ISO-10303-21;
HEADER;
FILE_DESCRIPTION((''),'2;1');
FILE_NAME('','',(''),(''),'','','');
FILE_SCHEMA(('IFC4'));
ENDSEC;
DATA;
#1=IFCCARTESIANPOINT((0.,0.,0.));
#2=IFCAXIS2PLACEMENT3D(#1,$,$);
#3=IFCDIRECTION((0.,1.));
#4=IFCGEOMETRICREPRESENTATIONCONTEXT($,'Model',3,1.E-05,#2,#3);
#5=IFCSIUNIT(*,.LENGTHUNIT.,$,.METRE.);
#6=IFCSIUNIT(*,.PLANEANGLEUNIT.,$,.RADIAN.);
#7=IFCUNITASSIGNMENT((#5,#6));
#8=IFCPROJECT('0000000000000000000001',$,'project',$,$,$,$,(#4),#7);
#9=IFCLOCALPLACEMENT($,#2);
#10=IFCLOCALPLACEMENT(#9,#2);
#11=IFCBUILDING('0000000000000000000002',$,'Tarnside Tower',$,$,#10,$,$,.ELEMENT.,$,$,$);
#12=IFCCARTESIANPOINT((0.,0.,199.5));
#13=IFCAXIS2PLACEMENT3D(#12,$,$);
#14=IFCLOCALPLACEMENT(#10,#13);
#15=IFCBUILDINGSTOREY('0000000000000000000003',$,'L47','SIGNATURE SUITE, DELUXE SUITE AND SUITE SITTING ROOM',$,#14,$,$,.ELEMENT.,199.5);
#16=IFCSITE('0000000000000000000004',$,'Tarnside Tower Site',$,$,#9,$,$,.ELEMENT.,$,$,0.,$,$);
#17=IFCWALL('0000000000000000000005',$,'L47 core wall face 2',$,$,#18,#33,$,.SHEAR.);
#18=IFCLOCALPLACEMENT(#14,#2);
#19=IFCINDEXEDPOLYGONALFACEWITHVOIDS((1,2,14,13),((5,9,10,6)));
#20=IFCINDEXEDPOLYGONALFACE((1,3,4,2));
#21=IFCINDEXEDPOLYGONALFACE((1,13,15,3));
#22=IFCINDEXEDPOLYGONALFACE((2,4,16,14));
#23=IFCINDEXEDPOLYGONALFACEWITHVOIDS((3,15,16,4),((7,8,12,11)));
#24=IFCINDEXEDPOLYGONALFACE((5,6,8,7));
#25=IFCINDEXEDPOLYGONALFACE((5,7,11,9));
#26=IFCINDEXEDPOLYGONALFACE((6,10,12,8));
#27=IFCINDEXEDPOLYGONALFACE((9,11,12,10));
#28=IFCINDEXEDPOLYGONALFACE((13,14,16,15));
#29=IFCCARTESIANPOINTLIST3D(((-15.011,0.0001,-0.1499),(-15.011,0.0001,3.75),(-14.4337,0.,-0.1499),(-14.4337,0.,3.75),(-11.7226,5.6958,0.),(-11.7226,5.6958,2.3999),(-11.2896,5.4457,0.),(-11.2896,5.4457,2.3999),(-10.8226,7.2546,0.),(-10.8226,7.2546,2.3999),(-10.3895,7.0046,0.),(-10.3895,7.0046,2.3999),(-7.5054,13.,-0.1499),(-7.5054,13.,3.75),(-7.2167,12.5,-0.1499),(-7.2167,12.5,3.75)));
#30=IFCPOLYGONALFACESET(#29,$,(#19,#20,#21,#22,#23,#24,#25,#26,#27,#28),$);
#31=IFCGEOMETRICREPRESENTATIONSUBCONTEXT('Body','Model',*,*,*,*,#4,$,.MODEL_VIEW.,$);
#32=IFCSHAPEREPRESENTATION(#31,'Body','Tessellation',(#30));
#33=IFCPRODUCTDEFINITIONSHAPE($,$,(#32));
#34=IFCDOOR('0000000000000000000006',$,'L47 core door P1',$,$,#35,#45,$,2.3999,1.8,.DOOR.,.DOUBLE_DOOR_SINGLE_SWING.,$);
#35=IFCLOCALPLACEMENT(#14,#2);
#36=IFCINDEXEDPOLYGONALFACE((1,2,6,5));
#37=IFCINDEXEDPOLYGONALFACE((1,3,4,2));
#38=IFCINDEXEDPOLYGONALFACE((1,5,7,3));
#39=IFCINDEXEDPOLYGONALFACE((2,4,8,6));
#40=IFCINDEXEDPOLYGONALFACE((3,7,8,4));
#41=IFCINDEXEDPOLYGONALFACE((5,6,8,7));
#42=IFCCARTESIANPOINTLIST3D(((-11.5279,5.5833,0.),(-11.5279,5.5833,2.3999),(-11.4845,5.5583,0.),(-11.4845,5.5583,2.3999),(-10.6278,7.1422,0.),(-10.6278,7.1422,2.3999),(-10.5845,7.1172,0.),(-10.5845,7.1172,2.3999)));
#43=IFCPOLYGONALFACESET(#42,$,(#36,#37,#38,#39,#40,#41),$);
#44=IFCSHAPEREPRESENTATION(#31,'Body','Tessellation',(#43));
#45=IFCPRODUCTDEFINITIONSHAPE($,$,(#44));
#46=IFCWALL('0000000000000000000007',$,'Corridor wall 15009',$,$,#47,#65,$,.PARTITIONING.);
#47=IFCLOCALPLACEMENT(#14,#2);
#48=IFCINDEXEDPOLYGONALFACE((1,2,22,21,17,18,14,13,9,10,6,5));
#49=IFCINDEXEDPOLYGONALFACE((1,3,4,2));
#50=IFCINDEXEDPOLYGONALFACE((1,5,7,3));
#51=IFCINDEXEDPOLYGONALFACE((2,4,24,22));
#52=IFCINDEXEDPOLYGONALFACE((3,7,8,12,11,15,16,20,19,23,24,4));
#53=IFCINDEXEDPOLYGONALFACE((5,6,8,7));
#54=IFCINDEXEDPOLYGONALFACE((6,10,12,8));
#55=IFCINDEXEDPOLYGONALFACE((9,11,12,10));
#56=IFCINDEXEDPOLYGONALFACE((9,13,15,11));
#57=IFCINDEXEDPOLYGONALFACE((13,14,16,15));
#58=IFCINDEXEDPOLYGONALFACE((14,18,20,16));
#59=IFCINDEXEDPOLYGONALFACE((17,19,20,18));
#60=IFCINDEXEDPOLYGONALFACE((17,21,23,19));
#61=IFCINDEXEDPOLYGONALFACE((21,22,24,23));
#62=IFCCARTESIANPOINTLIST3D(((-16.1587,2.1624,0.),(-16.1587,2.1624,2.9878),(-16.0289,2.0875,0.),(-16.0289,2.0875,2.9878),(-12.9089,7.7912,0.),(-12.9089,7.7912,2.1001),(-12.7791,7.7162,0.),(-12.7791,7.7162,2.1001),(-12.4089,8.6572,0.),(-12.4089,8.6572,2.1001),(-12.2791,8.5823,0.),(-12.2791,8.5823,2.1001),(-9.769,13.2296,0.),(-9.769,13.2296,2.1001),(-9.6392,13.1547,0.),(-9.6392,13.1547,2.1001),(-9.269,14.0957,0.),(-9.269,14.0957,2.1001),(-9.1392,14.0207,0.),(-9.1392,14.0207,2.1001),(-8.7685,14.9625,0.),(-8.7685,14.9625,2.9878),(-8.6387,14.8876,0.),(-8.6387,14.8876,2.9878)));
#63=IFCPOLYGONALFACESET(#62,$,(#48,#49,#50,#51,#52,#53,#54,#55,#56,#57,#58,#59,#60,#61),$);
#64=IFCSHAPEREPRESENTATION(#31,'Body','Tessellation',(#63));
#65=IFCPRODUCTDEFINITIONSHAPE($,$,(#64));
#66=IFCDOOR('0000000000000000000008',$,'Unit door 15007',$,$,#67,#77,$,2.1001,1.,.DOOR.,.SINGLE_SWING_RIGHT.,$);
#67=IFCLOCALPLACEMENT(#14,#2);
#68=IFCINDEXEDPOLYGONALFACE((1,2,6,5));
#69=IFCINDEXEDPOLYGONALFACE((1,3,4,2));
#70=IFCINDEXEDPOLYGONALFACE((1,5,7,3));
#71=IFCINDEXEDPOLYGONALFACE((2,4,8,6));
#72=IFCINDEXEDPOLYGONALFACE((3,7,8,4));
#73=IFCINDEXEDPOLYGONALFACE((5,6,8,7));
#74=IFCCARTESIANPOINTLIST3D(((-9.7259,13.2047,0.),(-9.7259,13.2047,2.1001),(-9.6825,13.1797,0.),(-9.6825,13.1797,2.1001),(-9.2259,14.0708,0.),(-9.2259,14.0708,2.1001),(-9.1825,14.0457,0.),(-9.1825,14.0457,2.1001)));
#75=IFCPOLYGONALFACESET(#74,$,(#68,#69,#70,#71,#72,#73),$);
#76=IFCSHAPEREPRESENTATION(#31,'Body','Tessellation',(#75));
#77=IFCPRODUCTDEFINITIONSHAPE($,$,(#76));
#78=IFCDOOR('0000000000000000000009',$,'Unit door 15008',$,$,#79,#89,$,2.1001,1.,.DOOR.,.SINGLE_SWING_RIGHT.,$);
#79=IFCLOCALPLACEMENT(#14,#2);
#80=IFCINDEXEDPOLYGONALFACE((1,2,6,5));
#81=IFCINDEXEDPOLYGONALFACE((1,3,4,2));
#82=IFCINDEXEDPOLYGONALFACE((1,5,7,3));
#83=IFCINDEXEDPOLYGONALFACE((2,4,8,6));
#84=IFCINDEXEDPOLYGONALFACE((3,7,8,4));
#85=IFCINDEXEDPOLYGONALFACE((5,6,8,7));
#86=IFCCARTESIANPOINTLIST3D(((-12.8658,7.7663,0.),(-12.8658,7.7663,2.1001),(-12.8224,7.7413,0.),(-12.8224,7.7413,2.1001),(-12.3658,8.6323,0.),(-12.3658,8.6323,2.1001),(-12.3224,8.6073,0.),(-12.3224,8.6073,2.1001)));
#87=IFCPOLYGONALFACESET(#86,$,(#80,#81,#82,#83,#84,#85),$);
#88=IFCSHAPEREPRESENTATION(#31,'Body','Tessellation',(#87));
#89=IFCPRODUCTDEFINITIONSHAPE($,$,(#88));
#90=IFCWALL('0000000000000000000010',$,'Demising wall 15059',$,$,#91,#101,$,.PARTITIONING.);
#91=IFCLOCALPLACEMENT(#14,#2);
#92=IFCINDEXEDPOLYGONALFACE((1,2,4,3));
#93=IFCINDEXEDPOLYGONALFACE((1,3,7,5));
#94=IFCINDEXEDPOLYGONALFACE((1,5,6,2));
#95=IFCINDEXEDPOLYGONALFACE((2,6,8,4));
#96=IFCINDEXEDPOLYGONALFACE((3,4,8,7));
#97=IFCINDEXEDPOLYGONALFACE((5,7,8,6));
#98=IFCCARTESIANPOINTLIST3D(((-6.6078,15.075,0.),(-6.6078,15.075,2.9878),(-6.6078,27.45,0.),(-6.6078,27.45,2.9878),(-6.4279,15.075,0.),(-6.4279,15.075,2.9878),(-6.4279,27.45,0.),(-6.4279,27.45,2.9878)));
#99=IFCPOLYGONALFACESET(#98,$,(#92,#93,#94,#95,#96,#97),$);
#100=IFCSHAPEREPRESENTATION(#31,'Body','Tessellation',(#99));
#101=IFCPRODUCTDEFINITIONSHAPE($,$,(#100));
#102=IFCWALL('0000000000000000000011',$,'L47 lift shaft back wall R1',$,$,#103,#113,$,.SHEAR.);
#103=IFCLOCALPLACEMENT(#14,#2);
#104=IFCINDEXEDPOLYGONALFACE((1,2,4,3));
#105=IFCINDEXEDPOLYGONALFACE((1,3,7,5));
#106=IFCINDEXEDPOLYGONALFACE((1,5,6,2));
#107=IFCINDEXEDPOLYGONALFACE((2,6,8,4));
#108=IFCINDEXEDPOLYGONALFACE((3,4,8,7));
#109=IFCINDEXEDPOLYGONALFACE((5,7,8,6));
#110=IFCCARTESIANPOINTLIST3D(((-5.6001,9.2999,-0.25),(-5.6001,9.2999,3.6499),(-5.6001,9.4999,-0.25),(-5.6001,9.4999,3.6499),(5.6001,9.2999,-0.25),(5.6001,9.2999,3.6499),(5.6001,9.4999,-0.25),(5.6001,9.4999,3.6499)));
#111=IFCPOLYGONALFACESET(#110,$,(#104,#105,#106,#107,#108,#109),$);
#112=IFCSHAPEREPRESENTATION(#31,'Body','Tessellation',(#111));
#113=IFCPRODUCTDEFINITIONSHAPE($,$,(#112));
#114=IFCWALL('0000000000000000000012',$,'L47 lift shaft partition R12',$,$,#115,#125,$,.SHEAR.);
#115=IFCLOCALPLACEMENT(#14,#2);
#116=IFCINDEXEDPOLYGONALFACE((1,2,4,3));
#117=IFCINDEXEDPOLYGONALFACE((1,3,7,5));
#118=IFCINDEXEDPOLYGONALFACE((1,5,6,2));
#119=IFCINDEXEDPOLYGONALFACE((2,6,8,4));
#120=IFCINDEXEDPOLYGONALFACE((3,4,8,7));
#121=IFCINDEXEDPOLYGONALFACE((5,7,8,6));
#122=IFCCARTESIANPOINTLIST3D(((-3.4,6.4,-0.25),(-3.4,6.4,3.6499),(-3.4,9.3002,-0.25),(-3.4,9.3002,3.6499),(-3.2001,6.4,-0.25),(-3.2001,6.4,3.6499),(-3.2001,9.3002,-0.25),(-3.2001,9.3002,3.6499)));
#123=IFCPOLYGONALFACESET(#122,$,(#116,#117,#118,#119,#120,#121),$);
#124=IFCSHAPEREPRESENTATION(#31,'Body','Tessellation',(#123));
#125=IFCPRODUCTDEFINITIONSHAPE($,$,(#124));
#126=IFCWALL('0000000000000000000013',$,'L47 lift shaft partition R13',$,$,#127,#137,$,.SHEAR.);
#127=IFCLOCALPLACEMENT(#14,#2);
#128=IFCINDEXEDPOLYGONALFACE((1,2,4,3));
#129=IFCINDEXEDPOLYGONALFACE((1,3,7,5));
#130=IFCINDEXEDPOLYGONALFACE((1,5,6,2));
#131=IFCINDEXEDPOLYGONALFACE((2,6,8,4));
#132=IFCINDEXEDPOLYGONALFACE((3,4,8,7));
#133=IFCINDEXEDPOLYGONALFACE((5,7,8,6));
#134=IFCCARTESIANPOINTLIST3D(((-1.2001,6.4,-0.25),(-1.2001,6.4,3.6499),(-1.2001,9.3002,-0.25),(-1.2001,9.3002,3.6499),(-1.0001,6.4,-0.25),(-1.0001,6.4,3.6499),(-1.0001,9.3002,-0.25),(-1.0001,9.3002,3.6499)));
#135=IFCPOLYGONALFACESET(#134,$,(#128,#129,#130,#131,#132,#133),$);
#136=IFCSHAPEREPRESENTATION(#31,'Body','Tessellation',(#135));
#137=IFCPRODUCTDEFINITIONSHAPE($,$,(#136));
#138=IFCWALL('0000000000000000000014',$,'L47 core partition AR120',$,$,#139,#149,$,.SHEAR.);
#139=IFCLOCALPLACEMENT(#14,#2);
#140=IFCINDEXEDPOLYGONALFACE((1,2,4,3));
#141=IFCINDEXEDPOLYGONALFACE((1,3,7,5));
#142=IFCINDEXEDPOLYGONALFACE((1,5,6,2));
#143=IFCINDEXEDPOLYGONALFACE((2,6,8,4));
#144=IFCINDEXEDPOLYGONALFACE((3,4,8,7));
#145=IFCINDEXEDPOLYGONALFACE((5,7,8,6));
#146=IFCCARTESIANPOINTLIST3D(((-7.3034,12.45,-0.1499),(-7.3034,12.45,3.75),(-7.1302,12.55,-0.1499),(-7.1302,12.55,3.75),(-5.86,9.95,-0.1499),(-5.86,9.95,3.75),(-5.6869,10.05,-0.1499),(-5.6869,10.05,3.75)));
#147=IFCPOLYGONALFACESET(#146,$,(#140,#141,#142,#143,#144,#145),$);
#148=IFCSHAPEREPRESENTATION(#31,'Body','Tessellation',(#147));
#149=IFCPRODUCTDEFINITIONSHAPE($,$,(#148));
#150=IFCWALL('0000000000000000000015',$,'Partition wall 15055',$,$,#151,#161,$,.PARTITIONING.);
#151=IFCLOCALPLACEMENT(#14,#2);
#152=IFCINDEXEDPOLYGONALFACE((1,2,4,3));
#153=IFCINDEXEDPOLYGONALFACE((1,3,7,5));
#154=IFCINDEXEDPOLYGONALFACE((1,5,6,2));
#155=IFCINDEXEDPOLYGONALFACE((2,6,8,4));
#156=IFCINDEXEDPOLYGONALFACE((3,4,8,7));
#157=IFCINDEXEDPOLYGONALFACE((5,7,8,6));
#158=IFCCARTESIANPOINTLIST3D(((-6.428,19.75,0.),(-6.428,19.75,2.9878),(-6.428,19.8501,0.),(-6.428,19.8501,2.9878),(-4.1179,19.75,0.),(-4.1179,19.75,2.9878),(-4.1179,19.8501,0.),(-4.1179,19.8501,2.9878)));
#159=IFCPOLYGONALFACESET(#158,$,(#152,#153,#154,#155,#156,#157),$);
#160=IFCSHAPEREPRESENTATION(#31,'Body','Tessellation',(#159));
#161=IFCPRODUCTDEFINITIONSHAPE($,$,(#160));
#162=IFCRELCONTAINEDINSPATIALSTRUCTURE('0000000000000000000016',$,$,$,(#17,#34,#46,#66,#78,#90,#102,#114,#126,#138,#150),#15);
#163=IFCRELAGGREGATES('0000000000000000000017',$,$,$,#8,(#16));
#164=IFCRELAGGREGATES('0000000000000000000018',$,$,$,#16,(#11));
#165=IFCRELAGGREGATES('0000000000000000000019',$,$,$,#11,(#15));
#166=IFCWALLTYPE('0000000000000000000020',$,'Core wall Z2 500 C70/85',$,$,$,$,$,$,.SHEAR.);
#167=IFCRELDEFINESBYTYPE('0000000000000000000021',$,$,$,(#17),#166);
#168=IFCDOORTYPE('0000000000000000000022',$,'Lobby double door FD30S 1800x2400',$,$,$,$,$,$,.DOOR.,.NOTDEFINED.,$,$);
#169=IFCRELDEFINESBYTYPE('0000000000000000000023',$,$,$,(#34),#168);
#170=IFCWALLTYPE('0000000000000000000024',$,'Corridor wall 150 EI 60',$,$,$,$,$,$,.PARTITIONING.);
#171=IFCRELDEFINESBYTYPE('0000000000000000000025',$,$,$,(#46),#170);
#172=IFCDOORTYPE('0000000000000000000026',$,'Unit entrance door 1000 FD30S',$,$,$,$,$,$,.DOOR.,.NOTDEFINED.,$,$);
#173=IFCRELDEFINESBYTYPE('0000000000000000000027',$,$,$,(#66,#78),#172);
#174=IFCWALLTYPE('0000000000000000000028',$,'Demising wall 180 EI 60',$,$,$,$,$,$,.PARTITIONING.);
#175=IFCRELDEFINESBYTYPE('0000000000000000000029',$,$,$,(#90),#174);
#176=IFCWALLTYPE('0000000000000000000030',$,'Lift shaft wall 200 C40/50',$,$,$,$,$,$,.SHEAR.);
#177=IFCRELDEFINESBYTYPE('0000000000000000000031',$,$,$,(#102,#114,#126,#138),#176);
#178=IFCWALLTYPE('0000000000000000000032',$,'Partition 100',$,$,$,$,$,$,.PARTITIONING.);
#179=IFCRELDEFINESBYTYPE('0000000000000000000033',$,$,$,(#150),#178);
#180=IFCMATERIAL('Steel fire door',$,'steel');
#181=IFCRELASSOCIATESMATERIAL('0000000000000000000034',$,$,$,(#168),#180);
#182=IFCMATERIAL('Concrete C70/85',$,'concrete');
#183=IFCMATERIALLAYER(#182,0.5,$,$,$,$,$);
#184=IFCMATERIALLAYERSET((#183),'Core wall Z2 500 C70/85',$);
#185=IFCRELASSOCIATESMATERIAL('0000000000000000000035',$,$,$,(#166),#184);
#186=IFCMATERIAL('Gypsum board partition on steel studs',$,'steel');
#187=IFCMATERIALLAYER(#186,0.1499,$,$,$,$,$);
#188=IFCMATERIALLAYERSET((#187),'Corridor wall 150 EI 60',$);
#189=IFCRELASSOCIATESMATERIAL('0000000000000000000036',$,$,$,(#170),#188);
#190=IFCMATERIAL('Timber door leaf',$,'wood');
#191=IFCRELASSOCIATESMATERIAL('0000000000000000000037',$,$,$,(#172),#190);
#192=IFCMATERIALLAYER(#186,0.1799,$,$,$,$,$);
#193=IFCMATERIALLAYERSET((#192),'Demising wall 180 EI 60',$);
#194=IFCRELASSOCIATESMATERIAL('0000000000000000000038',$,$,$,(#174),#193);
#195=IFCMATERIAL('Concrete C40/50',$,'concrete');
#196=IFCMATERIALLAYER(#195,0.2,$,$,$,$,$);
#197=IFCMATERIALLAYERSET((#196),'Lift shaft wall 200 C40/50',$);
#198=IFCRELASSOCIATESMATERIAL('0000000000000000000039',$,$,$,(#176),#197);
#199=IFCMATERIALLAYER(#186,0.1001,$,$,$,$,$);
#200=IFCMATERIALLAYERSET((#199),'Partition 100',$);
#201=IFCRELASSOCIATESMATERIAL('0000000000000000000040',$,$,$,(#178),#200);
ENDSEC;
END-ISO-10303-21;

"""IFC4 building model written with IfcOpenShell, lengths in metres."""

from ifc_helpers import new_model, si_unit, direction, frame, frame_2d, origin, place, context, subcontext, project, spatial, polyline, rectangle, outline, extrude, material, layer, layer_set, type_object, element, fill, save


model = new_model("IFC4")

# Units and contexts
model_context = context("Model", 3, precision=1e-05, world=origin(), true_north=direction((0.0, 1.0)))
body_context = subcontext(model_context, "Body", "Model", "MODEL_VIEW")
ifc_project = project(units=[si_unit("LENGTHUNIT", "METRE"), si_unit("PLANEANGLEUNIT", "RADIAN")], contexts=[model_context])

# Site, building, storey
site_placement = place(None, origin())
site = spatial("IfcSite", under=ifc_project, at=site_placement, Name="Tarnside Tower Site", CompositionType="ELEMENT", RefElevation=0.0)
building_placement = place(site_placement, origin())
building = spatial("IfcBuilding", under=site, at=building_placement, Name="Tarnside Tower", CompositionType="ELEMENT")
storey_placement = place(building_placement, frame((0.0, 0.0, 199.5)))
storey = spatial("IfcBuildingStorey", under=building, at=storey_placement, Name="L47", Description="SIGNATURE SUITE, DELUXE SUITE AND SUITE SITTING ROOM", CompositionType="ELEMENT", Elevation=199.5)

# Shared definitions
ifc_material_1 = material(Name="Gypsum board partition on steel studs", Category="steel")
ifc_material_2 = material(Name="Timber door leaf", Category="wood")

# Wall, opening, door
ifc_material_3 = material(Name="Steel fire door", Category="steel")
door_type_1 = type_object("IfcDoorType", Name="Lobby double door FD30S 1800x2400", OperationType="NOTDEFINED", PredefinedType="DOOR", material=ifc_material_3)
ifc_material_4 = material(Name="Concrete C70/85", Category="concrete")
ifc_layer_1 = layer(ifc_material_4, 0.5)
ifc_layer_set_1 = layer_set([ifc_layer_1], Name="Core wall Z2 500 C70/85")
wall_type_1 = type_object("IfcWallType", Name="Core wall Z2 500 C70/85", PredefinedType="SHEAR", material=ifc_layer_set_1)
wall_1_placement = place(storey_placement, frame((-7.3611, 12.75, -0.1499), z_axis=(0.0, 0.0, 1.0), x_axis=(-0.500006, -0.866022, 0.0)))
wall_1 = element("IfcWall", 1, at=wall_1_placement, inside=storey, type_object=wall_type_1, Name="L47 core wall face 2", PredefinedType="SHEAR", context=body_context, shape_type="SweptSolid", body=[
    extrude(outline(polyline([(-0.1443, -0.25), (14.8667, -0.25), (14.5781, 0.25), (0.1443, 0.25), (-0.1443, -0.25)])), origin(), (0.0, 0.0, 1.0), 3.8999),
])
opening_1_placement = place(wall_1_placement, frame((6.49, 0.0, 0.1499)))
opening_1 = element("IfcOpeningElement", 2, at=opening_1_placement, cuts=wall_1, PredefinedType="OPENING", context=body_context, shape_type="SweptSolid", body=[
    extrude(rectangle(XDim=1.8, YDim=2.3999, at=frame_2d((0.8999, 1.2))), frame((0.0, 0.26, 0.0), z_axis=(0.0, -1.0, 0.0), x_axis=(1.0, 0.0, 0.0)), (0.0, 0.0, 1.0), 0.52),
])
door_1_placement = place(opening_1_placement, origin())
door_1 = element("IfcDoor", 3, at=door_1_placement, inside=storey, type_object=door_type_1, Name="L47 core door P1", OperationType="DOUBLE_DOOR_SINGLE_SWING", OverallHeight=2.3999, OverallWidth=1.8, PredefinedType="DOOR", context=body_context, shape_type="SweptSolid", body=[
    extrude(rectangle(XDim=1.8, YDim=2.3999, at=frame_2d((0.8999, 1.2))), frame((0.0, 0.0249, 0.0), z_axis=(0.0, -1.0, 0.0), x_axis=(1.0, 0.0, 0.0)), (0.0, 0.0, 1.0), 0.05),
])
fill(opening_1, door_1)

# Wall, openings, doors
ifc_layer_2 = layer(ifc_material_1, 0.1499)
ifc_layer_set_2 = layer_set([ifc_layer_2], Name="Corridor wall 150 EI 60")
wall_type_2 = type_object("IfcWallType", Name="Corridor wall 150 EI 60", PredefinedType="PARTITIONING", material=ifc_layer_set_2)
wall_2_placement = place(storey_placement, frame((-8.7036, 14.925, 0.0), z_axis=(0.0, 0.0, 1.0), x_axis=(-0.500001, -0.866025, 0.0)))
wall_2 = element("IfcWall", 4, at=wall_2_placement, inside=storey, type_object=wall_type_2, Name="Corridor wall 15009", PredefinedType="PARTITIONING", context=body_context, shape_type="SweptSolid", body=[
    extrude(rectangle(XDim=14.7803, YDim=0.1499, at=frame_2d((7.3901, 0.0))), origin(), (0.0, 0.0, 1.0), 2.9878),
])
opening_2_placement = place(wall_2_placement, frame((1.001, 0.0, 0.0)))
opening_2 = element("IfcOpeningElement", 5, at=opening_2_placement, cuts=wall_2, PredefinedType="OPENING", context=body_context, shape_type="SweptSolid", body=[
    extrude(rectangle(XDim=1.0, YDim=2.1001, at=frame_2d((0.5, 1.05))), frame((0.0, 0.085, 0.0), z_axis=(0.0, -1.0, 0.0), x_axis=(1.0, 0.0, 0.0)), (0.0, 0.0, 1.0), 0.1699),
])
opening_3_placement = place(wall_2_placement, frame((7.2808, 0.0, 0.0)))
opening_3 = element("IfcOpeningElement", 6, at=opening_3_placement, cuts=wall_2, PredefinedType="OPENING", context=body_context, shape_type="SweptSolid", body=[
    extrude(rectangle(XDim=1.0, YDim=2.1001, at=frame_2d((0.5, 1.05))), frame((0.0, 0.085, 0.0), z_axis=(0.0, -1.0, 0.0), x_axis=(1.0, 0.0, 0.0)), (0.0, 0.0, 1.0), 0.1699),
])
door_type_2 = type_object("IfcDoorType", Name="Unit entrance door 1000 FD30S", OperationType="NOTDEFINED", PredefinedType="DOOR", material=ifc_material_2)
door_2_placement = place(opening_2_placement, origin())
door_2 = element("IfcDoor", 7, at=door_2_placement, inside=storey, type_object=door_type_2, Name="Unit door 15007", OperationType="SINGLE_SWING_RIGHT", OverallHeight=2.1001, OverallWidth=1.0, PredefinedType="DOOR", context=body_context, shape_type="SweptSolid", body=[
    extrude(rectangle(XDim=1.0, YDim=2.1001, at=frame_2d((0.5, 1.05))), frame((0.0, 0.0249, 0.0), z_axis=(0.0, -1.0, 0.0), x_axis=(1.0, 0.0, 0.0)), (0.0, 0.0, 1.0), 0.05),
])
fill(opening_2, door_2)
door_3_placement = place(opening_3_placement, origin())
door_3 = element("IfcDoor", 8, at=door_3_placement, inside=storey, type_object=door_type_2, Name="Unit door 15008", OperationType="SINGLE_SWING_RIGHT", OverallHeight=2.1001, OverallWidth=1.0, PredefinedType="DOOR", context=body_context, shape_type="SweptSolid", body=[
    extrude(rectangle(XDim=1.0, YDim=2.1001, at=frame_2d((0.5, 1.05))), frame((0.0, 0.0249, 0.0), z_axis=(0.0, -1.0, 0.0), x_axis=(1.0, 0.0, 0.0)), (0.0, 0.0, 1.0), 0.05),
])
fill(opening_3, door_3)

# Walls
ifc_layer_3 = layer(ifc_material_1, 0.1799)
ifc_layer_set_3 = layer_set([ifc_layer_3], Name="Demising wall 180 EI 60")
wall_type_3 = type_object("IfcWallType", Name="Demising wall 180 EI 60", PredefinedType="PARTITIONING", material=ifc_layer_set_3)
wall_3_placement = place(storey_placement, frame((-6.5178, 27.45, 0.0), z_axis=(0.0, 0.0, 1.0), x_axis=(0.0, -1.0, 0.0)))
element("IfcWall", 9, at=wall_3_placement, inside=storey, type_object=wall_type_3, Name="Demising wall 15059", PredefinedType="PARTITIONING", context=body_context, shape_type="SweptSolid", body=[
    extrude(rectangle(XDim=12.375, YDim=0.1799, at=frame_2d((6.1875, 0.0))), origin(), (0.0, 0.0, 1.0), 2.9878),
])
ifc_material_5 = material(Name="Concrete C40/50", Category="concrete")
ifc_layer_4 = layer(ifc_material_5, 0.2)
ifc_layer_set_4 = layer_set([ifc_layer_4], Name="Lift shaft wall 200 C40/50")
wall_type_4 = type_object("IfcWallType", Name="Lift shaft wall 200 C40/50", PredefinedType="SHEAR", material=ifc_layer_set_4)
wall_4_placement = place(storey_placement, frame((-5.6001, 9.3999, -0.25), z_axis=(0.0, 0.0, 1.0), x_axis=(1.0, 0.0, 0.0)))
element("IfcWall", 10, at=wall_4_placement, inside=storey, type_object=wall_type_4, Name="L47 lift shaft back wall R1", PredefinedType="SHEAR", context=body_context, shape_type="SweptSolid", body=[
    extrude(rectangle(XDim=11.2002, YDim=0.2, at=frame_2d((5.6001, 0.0))), origin(), (0.0, 0.0, 1.0), 3.8999),
])
for number, where, z_axis, x_axis, name in (
    (11, (-3.3, 6.3999, -0.25), (0.0, 0.0, 1.0), (0.0, 1.0, 0.0), "L47 lift shaft partition R12"),
    (12, (-1.1001, 6.3999, -0.25), (0.0, 0.0, 1.0), (0.0, 1.0, 0.0), "L47 lift shaft partition R13"),
):
    element("IfcWall", number, at=place(storey_placement, frame(where, z_axis=z_axis, x_axis=x_axis)), inside=storey, type_object=wall_type_4, Name=name, PredefinedType="SHEAR", context=body_context, shape_type="SweptSolid", body=[
        extrude(rectangle(XDim=2.9001, YDim=0.2, at=frame_2d((1.4502, 0.0))), origin(), (0.0, 0.0, 1.0), 3.8999),
    ])
wall_5_placement = place(storey_placement, frame((-5.7734, 10.0, -0.1499), z_axis=(0.0, 0.0, 1.0), x_axis=(-0.499996, 0.866028, 0.0)))
element("IfcWall", 13, at=wall_5_placement, inside=storey, type_object=wall_type_4, Name="L47 core partition AR120", PredefinedType="SHEAR", context=body_context, shape_type="SweptSolid", body=[
    extrude(rectangle(XDim=2.8867, YDim=0.2, at=frame_2d((1.4434, 0.0))), origin(), (0.0, 0.0, 1.0), 3.8999),
])
ifc_layer_5 = layer(ifc_material_1, 0.1001)
ifc_layer_set_5 = layer_set([ifc_layer_5], Name="Partition 100")
wall_type_5 = type_object("IfcWallType", Name="Partition 100", PredefinedType="PARTITIONING", material=ifc_layer_set_5)
wall_6_placement = place(storey_placement, frame((-6.428, 19.8, 0.0), z_axis=(0.0, 0.0, 1.0), x_axis=(1.0, 0.0, 0.0)))
element("IfcWall", 14, at=wall_6_placement, inside=storey, type_object=wall_type_5, Name="Partition wall 15055", PredefinedType="PARTITIONING", context=body_context, shape_type="SweptSolid", body=[
    extrude(rectangle(XDim=2.3101, YDim=0.1001, at=frame_2d((1.155, 0.0))), origin(), (0.0, 0.0, 1.0), 2.9878),
])

save(model, "model.ifc")
